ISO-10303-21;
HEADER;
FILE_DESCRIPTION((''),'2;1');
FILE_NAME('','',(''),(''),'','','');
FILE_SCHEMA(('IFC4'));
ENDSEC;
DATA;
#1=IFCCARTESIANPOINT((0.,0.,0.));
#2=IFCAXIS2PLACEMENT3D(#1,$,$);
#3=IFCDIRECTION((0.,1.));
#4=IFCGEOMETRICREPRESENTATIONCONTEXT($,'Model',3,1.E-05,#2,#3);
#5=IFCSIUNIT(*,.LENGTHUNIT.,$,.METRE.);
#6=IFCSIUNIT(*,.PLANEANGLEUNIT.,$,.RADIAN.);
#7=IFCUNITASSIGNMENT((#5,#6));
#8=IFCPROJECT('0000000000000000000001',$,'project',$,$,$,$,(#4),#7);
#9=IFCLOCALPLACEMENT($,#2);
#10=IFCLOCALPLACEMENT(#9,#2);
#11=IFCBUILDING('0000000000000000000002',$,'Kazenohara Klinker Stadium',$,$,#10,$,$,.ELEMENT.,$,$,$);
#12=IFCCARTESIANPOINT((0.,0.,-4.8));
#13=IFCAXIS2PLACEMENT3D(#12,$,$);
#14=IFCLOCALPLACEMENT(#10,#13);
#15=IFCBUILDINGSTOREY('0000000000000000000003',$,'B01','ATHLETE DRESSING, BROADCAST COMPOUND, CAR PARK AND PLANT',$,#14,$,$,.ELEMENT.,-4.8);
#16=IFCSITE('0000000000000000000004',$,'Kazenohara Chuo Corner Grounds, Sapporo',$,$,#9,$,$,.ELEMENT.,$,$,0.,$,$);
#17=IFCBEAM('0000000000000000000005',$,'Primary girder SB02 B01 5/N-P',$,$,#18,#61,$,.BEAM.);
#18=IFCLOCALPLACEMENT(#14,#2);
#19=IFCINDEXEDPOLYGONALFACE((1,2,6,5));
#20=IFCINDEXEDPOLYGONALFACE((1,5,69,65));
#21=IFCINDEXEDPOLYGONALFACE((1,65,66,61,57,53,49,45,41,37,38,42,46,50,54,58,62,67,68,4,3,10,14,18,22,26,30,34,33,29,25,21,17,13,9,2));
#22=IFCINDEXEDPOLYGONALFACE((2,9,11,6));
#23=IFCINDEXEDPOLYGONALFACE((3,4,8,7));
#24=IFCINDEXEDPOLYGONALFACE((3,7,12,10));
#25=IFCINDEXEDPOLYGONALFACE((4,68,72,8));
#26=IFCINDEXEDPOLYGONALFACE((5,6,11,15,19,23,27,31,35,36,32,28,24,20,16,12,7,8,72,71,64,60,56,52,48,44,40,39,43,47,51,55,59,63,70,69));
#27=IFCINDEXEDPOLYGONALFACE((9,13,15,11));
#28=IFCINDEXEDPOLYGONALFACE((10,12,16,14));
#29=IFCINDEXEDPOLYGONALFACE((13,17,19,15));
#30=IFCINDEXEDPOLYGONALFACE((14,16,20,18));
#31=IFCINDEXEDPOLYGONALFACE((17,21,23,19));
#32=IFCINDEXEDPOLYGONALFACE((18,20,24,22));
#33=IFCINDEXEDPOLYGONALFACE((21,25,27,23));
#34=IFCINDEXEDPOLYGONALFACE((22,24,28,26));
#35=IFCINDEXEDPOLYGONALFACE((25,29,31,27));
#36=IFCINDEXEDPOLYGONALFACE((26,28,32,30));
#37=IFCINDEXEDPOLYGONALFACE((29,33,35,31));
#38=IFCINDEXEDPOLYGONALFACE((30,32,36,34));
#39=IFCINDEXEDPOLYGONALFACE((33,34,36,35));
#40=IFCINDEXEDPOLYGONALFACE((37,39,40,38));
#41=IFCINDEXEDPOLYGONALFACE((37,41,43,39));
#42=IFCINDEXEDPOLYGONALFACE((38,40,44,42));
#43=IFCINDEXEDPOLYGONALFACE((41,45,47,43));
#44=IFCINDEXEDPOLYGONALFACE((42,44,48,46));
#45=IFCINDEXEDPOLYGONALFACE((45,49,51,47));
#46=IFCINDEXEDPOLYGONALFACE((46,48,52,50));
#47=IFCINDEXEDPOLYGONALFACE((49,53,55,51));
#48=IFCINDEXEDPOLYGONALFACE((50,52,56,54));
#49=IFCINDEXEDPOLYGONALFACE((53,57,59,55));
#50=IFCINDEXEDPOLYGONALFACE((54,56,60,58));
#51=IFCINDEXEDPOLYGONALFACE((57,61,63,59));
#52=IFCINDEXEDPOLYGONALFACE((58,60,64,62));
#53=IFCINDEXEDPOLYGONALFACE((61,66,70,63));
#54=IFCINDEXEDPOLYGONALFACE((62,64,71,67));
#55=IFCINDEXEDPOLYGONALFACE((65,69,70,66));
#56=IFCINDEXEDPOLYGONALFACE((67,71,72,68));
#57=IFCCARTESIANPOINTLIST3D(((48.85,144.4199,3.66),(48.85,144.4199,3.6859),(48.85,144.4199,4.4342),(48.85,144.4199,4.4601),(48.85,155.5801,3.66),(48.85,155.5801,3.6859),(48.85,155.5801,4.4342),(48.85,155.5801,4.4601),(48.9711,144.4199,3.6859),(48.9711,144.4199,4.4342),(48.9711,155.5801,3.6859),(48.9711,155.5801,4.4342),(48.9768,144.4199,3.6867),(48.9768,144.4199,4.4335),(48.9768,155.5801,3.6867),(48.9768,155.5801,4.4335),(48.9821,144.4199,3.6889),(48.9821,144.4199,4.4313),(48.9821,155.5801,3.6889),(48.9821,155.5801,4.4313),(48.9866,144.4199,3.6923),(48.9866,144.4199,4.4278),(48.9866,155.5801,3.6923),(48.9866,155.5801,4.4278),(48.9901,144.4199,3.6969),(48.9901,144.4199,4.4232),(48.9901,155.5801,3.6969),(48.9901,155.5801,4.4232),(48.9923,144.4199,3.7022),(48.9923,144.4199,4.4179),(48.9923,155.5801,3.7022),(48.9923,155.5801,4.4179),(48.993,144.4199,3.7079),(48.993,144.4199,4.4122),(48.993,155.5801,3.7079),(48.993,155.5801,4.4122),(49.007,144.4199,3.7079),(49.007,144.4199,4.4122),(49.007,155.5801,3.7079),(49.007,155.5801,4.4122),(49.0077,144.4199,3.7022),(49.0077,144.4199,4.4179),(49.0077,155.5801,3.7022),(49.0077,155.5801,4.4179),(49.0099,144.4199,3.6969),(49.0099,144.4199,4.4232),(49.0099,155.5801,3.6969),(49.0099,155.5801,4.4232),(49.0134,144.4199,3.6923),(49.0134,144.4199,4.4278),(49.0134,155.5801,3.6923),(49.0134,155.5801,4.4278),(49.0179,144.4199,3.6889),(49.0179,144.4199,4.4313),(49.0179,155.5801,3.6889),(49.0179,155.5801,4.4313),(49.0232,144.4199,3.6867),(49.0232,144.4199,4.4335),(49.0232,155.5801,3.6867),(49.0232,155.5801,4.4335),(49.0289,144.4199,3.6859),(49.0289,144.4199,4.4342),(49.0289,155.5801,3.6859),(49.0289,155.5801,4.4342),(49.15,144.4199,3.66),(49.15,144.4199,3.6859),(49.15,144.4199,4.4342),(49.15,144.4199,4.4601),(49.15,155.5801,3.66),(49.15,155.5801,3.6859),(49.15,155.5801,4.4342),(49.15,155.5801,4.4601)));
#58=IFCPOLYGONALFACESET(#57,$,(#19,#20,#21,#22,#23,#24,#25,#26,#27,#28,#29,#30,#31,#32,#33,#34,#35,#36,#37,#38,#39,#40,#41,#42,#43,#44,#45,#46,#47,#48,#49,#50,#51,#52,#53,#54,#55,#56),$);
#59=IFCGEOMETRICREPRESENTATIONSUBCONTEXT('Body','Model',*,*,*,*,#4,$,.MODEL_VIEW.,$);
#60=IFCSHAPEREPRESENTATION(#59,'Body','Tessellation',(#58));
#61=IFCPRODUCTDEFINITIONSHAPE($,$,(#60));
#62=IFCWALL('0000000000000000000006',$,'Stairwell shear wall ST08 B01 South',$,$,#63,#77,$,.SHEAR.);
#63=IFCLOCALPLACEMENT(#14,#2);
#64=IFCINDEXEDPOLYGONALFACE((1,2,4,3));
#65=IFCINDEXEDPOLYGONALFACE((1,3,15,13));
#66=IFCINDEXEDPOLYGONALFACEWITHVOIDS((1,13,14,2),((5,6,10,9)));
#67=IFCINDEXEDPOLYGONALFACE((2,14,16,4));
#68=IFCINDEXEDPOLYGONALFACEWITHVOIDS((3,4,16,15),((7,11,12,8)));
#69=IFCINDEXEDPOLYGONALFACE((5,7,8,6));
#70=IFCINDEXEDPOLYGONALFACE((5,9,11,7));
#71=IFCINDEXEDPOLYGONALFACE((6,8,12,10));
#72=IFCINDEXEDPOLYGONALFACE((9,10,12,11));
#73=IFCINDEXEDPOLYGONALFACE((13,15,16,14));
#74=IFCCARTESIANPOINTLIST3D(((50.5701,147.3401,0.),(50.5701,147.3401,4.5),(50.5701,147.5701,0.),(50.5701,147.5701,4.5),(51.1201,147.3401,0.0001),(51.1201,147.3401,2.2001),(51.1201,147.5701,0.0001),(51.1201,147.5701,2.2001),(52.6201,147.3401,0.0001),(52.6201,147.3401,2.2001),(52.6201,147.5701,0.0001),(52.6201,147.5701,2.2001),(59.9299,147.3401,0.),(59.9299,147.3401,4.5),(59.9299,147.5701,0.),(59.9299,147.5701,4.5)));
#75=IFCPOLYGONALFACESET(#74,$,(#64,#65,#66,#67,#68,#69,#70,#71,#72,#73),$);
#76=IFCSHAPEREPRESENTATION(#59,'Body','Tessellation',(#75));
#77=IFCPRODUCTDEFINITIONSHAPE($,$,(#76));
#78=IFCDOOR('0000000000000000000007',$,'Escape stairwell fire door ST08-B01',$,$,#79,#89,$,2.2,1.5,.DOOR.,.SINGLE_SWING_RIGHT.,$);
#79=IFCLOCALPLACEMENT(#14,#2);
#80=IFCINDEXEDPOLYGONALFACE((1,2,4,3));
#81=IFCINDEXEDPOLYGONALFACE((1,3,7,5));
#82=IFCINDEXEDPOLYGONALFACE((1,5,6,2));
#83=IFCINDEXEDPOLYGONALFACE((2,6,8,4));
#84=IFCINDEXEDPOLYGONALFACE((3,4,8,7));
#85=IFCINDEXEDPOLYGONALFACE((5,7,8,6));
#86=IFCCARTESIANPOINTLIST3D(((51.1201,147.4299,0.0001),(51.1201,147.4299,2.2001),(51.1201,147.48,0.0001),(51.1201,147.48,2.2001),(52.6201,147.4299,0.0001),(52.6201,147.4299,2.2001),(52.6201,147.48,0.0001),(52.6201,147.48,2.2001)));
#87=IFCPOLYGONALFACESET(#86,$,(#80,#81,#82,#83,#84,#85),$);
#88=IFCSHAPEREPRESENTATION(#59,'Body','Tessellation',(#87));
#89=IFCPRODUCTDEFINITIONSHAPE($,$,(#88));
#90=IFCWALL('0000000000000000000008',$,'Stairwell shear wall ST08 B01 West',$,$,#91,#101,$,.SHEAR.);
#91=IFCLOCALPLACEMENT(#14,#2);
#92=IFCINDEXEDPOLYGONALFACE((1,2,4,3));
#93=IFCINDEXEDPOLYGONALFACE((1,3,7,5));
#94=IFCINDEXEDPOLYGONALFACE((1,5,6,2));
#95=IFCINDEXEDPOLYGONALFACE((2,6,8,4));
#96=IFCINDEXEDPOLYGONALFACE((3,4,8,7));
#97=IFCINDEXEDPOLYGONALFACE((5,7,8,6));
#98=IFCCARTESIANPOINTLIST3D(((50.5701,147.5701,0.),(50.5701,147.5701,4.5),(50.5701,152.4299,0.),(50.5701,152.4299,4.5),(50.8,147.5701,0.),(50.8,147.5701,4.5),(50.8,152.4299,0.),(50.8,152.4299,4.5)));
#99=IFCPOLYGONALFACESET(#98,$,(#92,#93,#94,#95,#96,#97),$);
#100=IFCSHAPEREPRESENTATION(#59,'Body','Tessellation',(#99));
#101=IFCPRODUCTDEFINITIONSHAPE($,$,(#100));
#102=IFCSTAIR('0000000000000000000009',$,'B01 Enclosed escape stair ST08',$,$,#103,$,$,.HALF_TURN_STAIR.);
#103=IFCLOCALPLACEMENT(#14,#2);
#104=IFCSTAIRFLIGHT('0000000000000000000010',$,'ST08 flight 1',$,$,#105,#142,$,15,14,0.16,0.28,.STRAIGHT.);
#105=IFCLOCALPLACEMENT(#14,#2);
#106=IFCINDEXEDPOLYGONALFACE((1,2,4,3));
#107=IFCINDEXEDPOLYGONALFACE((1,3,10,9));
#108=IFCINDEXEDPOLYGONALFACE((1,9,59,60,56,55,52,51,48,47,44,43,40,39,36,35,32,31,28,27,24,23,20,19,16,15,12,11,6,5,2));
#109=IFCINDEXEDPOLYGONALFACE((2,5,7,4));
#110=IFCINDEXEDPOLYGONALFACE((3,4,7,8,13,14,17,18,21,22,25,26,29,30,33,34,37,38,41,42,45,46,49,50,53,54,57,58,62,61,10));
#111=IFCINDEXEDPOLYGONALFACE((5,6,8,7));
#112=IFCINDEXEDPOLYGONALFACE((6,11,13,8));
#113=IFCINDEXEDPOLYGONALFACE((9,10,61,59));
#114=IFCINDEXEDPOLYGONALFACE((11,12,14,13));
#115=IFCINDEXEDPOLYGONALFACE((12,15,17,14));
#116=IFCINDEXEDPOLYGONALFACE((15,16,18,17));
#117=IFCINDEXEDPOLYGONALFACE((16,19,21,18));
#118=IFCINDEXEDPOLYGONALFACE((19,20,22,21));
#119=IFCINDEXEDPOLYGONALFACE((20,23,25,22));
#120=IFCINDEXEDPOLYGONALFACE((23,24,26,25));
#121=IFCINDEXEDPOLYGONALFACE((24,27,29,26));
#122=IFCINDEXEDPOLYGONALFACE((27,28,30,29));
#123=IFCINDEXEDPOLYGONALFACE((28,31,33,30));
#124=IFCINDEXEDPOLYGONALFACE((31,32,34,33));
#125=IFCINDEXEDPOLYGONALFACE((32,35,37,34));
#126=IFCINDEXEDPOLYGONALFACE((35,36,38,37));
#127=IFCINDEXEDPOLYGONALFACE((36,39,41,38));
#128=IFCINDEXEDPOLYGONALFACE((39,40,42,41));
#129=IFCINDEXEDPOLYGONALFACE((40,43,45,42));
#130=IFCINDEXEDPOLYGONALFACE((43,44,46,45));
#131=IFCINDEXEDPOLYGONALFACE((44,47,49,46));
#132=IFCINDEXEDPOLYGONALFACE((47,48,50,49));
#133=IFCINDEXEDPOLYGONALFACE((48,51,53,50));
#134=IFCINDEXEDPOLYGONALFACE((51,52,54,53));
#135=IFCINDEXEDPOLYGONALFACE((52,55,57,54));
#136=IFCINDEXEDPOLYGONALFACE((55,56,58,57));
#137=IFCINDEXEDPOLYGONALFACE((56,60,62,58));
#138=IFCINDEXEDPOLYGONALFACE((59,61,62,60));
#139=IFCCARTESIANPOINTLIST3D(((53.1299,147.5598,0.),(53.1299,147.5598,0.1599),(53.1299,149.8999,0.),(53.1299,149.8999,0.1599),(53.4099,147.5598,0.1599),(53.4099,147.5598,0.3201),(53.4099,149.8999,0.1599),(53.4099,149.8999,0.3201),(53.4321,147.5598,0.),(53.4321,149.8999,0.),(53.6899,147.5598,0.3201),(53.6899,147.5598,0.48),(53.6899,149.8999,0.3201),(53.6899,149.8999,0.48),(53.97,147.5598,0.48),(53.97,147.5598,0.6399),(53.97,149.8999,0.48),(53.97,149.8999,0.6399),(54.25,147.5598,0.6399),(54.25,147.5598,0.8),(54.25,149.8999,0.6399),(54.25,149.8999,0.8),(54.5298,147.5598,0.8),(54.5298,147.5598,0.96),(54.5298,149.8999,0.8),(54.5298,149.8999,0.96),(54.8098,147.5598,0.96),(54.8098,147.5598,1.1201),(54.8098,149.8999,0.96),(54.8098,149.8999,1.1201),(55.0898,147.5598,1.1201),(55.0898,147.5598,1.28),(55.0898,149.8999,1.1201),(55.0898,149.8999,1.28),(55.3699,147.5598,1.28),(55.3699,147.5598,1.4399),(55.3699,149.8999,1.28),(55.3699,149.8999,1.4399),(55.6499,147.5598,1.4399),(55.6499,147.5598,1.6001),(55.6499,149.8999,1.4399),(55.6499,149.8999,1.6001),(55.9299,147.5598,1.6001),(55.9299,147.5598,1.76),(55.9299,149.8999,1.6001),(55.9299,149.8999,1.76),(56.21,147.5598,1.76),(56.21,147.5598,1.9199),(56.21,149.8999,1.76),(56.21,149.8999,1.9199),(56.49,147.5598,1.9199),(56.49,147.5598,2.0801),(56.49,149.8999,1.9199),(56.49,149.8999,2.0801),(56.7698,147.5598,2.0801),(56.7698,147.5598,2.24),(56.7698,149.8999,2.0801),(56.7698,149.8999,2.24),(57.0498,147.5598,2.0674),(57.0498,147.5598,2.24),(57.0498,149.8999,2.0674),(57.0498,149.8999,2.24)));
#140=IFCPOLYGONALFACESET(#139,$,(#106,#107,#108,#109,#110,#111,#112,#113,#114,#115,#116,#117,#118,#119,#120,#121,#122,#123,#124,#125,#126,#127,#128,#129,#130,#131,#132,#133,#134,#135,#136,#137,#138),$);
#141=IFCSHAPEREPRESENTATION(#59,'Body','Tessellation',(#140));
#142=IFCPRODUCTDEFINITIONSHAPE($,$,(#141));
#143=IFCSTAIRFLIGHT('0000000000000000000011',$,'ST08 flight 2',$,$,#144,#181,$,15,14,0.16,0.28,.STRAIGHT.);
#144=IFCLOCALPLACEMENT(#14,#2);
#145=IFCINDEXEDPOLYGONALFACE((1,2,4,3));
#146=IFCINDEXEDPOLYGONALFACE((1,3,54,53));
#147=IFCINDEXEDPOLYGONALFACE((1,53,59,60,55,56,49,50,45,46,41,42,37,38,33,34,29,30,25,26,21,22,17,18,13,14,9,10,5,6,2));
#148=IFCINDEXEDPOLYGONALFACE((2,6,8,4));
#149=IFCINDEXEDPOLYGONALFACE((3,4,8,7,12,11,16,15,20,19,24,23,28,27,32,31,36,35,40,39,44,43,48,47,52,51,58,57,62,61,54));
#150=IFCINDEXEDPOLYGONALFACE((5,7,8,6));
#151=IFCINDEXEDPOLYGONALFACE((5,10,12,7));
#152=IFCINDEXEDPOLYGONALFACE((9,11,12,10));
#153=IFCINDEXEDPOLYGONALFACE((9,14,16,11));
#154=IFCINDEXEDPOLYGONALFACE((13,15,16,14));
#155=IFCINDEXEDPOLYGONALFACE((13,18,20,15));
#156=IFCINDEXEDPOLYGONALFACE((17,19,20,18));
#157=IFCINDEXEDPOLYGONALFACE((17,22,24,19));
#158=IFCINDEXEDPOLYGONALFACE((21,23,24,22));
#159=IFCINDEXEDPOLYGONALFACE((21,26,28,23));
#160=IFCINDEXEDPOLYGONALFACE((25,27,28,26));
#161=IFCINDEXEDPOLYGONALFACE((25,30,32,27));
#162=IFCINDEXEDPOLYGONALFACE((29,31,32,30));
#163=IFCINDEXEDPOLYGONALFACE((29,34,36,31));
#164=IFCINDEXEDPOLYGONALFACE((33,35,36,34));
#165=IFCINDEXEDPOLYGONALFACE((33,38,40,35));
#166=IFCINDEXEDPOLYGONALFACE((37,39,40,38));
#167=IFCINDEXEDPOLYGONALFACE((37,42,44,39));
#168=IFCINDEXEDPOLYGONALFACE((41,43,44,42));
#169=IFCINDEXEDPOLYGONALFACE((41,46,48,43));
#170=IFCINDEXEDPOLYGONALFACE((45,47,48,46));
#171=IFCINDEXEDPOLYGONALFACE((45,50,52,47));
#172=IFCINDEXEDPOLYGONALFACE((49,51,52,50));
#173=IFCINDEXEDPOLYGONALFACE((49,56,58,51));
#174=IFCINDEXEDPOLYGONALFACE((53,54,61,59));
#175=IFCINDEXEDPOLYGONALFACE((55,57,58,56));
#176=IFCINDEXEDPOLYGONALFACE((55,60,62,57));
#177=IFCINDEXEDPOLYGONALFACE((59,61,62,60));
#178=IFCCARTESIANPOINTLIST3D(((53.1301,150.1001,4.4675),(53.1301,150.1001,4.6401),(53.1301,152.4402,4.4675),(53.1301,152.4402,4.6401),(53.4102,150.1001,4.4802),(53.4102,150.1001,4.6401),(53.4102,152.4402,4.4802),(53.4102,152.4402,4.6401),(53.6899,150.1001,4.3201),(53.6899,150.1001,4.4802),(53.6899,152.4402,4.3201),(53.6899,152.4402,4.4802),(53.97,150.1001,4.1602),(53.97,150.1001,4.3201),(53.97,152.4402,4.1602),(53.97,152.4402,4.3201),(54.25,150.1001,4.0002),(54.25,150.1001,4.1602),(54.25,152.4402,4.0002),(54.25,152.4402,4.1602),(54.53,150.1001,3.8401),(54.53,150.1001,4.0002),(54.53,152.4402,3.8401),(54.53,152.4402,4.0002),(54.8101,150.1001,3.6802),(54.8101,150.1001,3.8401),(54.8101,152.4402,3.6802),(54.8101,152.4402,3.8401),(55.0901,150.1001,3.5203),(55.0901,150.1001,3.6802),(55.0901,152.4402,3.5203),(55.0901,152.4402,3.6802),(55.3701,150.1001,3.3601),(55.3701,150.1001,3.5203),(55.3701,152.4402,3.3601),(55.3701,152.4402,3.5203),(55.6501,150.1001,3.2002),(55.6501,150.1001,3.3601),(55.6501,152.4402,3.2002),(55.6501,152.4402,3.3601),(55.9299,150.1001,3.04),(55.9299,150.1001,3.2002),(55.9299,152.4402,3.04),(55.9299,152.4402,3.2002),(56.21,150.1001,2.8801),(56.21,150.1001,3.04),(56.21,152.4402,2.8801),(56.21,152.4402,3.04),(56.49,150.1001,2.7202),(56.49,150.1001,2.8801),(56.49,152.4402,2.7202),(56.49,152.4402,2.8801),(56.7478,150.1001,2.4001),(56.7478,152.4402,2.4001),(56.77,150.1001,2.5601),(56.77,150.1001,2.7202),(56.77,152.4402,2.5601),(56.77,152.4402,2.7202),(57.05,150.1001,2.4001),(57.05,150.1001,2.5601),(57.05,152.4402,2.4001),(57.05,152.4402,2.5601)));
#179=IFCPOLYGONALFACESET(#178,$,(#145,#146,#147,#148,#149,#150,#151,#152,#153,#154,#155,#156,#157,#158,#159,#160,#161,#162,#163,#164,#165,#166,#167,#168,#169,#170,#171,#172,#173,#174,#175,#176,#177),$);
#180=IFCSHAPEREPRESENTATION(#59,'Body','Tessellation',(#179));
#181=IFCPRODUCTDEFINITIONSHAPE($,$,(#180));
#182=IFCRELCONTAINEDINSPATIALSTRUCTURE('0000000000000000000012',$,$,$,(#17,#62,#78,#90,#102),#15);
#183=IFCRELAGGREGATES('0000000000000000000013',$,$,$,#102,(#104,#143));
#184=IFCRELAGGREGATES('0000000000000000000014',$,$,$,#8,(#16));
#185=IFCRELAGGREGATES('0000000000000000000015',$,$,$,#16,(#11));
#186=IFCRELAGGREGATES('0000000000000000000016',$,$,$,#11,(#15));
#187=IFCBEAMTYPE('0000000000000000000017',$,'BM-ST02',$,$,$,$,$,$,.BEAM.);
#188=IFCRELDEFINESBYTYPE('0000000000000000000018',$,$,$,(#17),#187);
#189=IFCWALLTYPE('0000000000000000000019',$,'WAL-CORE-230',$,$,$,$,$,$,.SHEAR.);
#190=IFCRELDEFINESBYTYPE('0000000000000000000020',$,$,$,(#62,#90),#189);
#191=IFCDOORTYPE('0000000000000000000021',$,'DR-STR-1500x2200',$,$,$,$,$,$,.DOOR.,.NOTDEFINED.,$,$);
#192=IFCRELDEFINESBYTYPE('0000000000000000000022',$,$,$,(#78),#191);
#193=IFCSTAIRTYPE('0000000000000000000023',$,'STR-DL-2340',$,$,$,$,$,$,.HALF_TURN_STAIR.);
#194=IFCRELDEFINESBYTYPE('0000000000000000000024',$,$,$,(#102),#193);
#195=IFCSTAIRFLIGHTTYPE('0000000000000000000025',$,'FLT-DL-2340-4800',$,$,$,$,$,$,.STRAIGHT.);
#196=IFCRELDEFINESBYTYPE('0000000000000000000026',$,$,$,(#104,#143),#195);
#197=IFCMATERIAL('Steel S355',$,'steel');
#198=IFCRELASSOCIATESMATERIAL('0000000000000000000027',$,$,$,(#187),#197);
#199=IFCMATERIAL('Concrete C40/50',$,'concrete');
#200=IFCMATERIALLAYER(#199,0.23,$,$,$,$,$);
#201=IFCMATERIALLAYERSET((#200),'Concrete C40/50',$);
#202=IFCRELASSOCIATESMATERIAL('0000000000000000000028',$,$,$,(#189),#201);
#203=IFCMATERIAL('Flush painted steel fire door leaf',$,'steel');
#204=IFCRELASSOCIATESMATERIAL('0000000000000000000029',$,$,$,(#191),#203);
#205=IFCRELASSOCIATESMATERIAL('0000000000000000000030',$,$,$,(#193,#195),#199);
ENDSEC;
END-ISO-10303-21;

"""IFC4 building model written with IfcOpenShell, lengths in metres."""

from ifc_helpers import new_model, si_unit, direction, frame, frame_2d, origin, origin_2d, place, context, subcontext, project, spatial, polyline, rectangle, i_section, outline, extrude, material, layer, layer_set, material_profile, profile_set, type_object, element, fill, aggregate, save


model = new_model("IFC4")

# Units and contexts
model_context = context("Model", 3, precision=1e-05, world=origin(), true_north=direction((0.0, 1.0)))
body_context = subcontext(model_context, "Body", "Model", "MODEL_VIEW")
ifc_project = project(units=[si_unit("LENGTHUNIT", "METRE"), si_unit("PLANEANGLEUNIT", "RADIAN")], contexts=[model_context])

# Site, building, storey
site_placement = place(None, origin())
site = spatial("IfcSite", under=ifc_project, at=site_placement, Name="Kazenohara Chuo Corner Grounds, Sapporo", CompositionType="ELEMENT", RefElevation=0.0)
building_placement = place(site_placement, origin())
building = spatial("IfcBuilding", under=site, at=building_placement, Name="Kazenohara Klinker Stadium", CompositionType="ELEMENT")
storey_placement = place(building_placement, frame((0.0, 0.0, -4.8)))
storey = spatial("IfcBuildingStorey", under=building, at=storey_placement, Name="B01", Description="ATHLETE DRESSING, BROADCAST COMPOUND, CAR PARK AND PLANT", CompositionType="ELEMENT", Elevation=-4.8)

# Shared definitions
ifc_material_1 = material(Name="Concrete C40/50", Category="concrete")

# Beam
ifc_material_2 = material(Name="Steel S355", Category="steel")
ifc_material_profile_1 = material_profile(ifc_material_2, i_section(OverallWidth=0.3, OverallDepth=0.8, WebThickness=0.0139, FlangeThickness=0.0259, FilletRadius=0.022, at=origin_2d()), Name="H-800x300x14x26")
ifc_profile_set_1 = profile_set([ifc_material_profile_1], Name="Steel S355")
beam_type_1 = type_object("IfcBeamType", Name="BM-ST02", PredefinedType="BEAM", material=ifc_profile_set_1)
beam_1_placement = place(storey_placement, frame((49.0, 144.4199, 4.0601), z_axis=(0.0, 1.0, 0.0), x_axis=(-1.0, 0.0, 0.0)))
element("IfcBeam", 1, at=beam_1_placement, inside=storey, type_object=beam_type_1, Name="Primary girder SB02 B01 5/N-P", PredefinedType="BEAM", context=body_context, shape_type="SweptSolid", body=[
    extrude(i_section(OverallWidth=0.3, OverallDepth=0.8, WebThickness=0.0139, FlangeThickness=0.0259, FilletRadius=0.022, at=origin_2d()), origin(), (0.0, 0.0, 1.0), 11.1602),
])

# Wall, opening, door
ifc_layer_1 = layer(ifc_material_1, 0.23)
ifc_layer_set_1 = layer_set([ifc_layer_1], Name="Concrete C40/50")
wall_type = type_object("IfcWallType", Name="WAL-CORE-230", PredefinedType="SHEAR", material=ifc_layer_set_1)
wall_1_placement = place(storey_placement, frame((50.5701, 147.4551, 0.0), z_axis=(0.0, 0.0, 1.0), x_axis=(1.0, 0.0, 0.0)))
wall_1 = element("IfcWall", 2, at=wall_1_placement, inside=storey, type_object=wall_type, Name="Stairwell shear wall ST08 B01 South", PredefinedType="SHEAR", context=body_context, shape_type="SweptSolid", body=[
    extrude(rectangle(XDim=9.3599, YDim=0.23, at=frame_2d((4.6799, 0.0))), origin(), (0.0, 0.0, 1.0), 4.5),
])
opening_placement = place(wall_1_placement, frame((0.55, 0.0, 0.0)))
opening = element("IfcOpeningElement", 3, at=opening_placement, cuts=wall_1, PredefinedType="OPENING", context=body_context, shape_type="SweptSolid", body=[
    extrude(rectangle(XDim=1.5, YDim=2.2, at=frame_2d((0.75, 1.1001))), frame((0.0, 0.125, 0.0), z_axis=(0.0, -1.0, 0.0), x_axis=(1.0, 0.0, 0.0)), (0.0, 0.0, 1.0), 0.25),
])
ifc_material_3 = material(Name="Flush painted steel fire door leaf", Category="steel")
door_type = type_object("IfcDoorType", Name="DR-STR-1500x2200", OperationType="NOTDEFINED", PredefinedType="DOOR", material=ifc_material_3)
door_placement = place(opening_placement, origin())
door = element("IfcDoor", 4, at=door_placement, inside=storey, type_object=door_type, Name="Escape stairwell fire door ST08-B01", OperationType="SINGLE_SWING_RIGHT", OverallHeight=2.2, OverallWidth=1.5, PredefinedType="DOOR", context=body_context, shape_type="SweptSolid", body=[
    extrude(rectangle(XDim=1.5, YDim=2.2, at=frame_2d((0.75, 1.1001))), frame((0.0, 0.0249, 0.0), z_axis=(0.0, -1.0, 0.0), x_axis=(1.0, 0.0, 0.0)), (0.0, 0.0, 1.0), 0.05),
])
fill(opening, door)

# Wall
wall_2_placement = place(storey_placement, frame((50.6851, 147.5701, 0.0), z_axis=(0.0, 0.0, 1.0), x_axis=(0.0, 1.0, 0.0)))
element("IfcWall", 5, at=wall_2_placement, inside=storey, type_object=wall_type, Name="Stairwell shear wall ST08 B01 West", PredefinedType="SHEAR", context=body_context, shape_type="SweptSolid", body=[
    extrude(rectangle(XDim=4.8599, YDim=0.23, at=frame_2d((2.4299, 0.0))), origin(), (0.0, 0.0, 1.0), 4.5),
])

# Stair, stair flights
stair_type = type_object("IfcStairType", Name="STR-DL-2340", PredefinedType="HALF_TURN_STAIR", material=ifc_material_1)
stair_placement = place(storey_placement, origin())
stair = element("IfcStair", 6, at=stair_placement, inside=storey, type_object=stair_type, Name="B01 Enclosed escape stair ST08", PredefinedType="HALF_TURN_STAIR")
stair_flight_type = type_object("IfcStairFlightType", Name="FLT-DL-2340-4800", PredefinedType="STRAIGHT", material=ifc_material_1)
stair_flight_1_placement = place(storey_placement, frame((53.1299, 148.73, 0.0), z_axis=(0.0, 0.0, 1.0), x_axis=(1.0, 0.0, 0.0)))
stair_flight_1 = element("IfcStairFlight", 7, at=stair_flight_1_placement, type_object=stair_flight_type, Name="ST08 flight 1", NumberOfRisers=15, NumberOfTreads=14, PredefinedType="STRAIGHT", RiserHeight=0.16, TreadLength=0.28, context=body_context, shape_type="SweptSolid", body=[
    extrude(outline(polyline([(0.0, 0.0), (0.0, 0.1599), (0.28, 0.1599), (0.28, 0.3201), (0.5601, 0.3201), (0.5601, 0.48), (0.8401, 0.48), (0.8401, 0.6399), (1.1201, 0.6399), (1.1201, 0.8), (1.3999, 0.8), (1.3999, 0.96), (1.6799, 0.96), (1.6799, 1.1201), (1.96, 1.1201), (1.96, 1.28), (2.24, 1.28), (2.24, 1.4399), (2.52, 1.4399), (2.52, 1.6001), (2.8, 1.6001), (2.8, 1.76), (3.0801, 1.76), (3.0801, 1.9199), (3.3601, 1.9199), (3.3601, 2.0801), (3.6399, 2.0801), (3.6399, 2.24), (3.9199, 2.24), (3.9199, 2.3999), (3.9199, 2.0674), (0.3022, 0.0), (0.0, 0.0)])), frame((0.0, 1.1699, 0.0), z_axis=(0.0, -1.0, 0.0), x_axis=(1.0, 0.0, 0.0)), (0.0, 0.0, 1.0), 2.3401),
])
stair_flight_2_placement = place(storey_placement, frame((57.05, 151.27, 2.4001), z_axis=(0.0, 0.0, 1.0), x_axis=(-1.0, 0.0, 0.0)))
stair_flight_2 = element("IfcStairFlight", 8, at=stair_flight_2_placement, type_object=stair_flight_type, Name="ST08 flight 2", NumberOfRisers=15, NumberOfTreads=14, PredefinedType="STRAIGHT", RiserHeight=0.16, TreadLength=0.28, context=body_context, shape_type="SweptSolid", body=[
    extrude(outline(polyline([(0.0, 0.0), (0.0, 0.1599), (0.28, 0.1599), (0.28, 0.3201), (0.5601, 0.3201), (0.5601, 0.48), (0.8401, 0.48), (0.8401, 0.6399), (1.1201, 0.6399), (1.1201, 0.8), (1.3999, 0.8), (1.3999, 0.96), (1.6799, 0.96), (1.6799, 1.1201), (1.96, 1.1201), (1.96, 1.28), (2.24, 1.28), (2.24, 1.4399), (2.52, 1.4399), (2.52, 1.6001), (2.8, 1.6001), (2.8, 1.76), (3.0801, 1.76), (3.0801, 1.9199), (3.3601, 1.9199), (3.3601, 2.0801), (3.6399, 2.0801), (3.6399, 2.24), (3.9199, 2.24), (3.9199, 2.3999), (3.9199, 2.0674), (0.3022, 0.0), (0.0, 0.0)])), frame((0.0, 1.1699, 0.0), z_axis=(0.0, -1.0, 0.0), x_axis=(1.0, 0.0, 0.0)), (0.0, 0.0, 1.0), 2.3401),
])
aggregate(stair, [stair_flight_1, stair_flight_2])

save(model, "model.ifc")
